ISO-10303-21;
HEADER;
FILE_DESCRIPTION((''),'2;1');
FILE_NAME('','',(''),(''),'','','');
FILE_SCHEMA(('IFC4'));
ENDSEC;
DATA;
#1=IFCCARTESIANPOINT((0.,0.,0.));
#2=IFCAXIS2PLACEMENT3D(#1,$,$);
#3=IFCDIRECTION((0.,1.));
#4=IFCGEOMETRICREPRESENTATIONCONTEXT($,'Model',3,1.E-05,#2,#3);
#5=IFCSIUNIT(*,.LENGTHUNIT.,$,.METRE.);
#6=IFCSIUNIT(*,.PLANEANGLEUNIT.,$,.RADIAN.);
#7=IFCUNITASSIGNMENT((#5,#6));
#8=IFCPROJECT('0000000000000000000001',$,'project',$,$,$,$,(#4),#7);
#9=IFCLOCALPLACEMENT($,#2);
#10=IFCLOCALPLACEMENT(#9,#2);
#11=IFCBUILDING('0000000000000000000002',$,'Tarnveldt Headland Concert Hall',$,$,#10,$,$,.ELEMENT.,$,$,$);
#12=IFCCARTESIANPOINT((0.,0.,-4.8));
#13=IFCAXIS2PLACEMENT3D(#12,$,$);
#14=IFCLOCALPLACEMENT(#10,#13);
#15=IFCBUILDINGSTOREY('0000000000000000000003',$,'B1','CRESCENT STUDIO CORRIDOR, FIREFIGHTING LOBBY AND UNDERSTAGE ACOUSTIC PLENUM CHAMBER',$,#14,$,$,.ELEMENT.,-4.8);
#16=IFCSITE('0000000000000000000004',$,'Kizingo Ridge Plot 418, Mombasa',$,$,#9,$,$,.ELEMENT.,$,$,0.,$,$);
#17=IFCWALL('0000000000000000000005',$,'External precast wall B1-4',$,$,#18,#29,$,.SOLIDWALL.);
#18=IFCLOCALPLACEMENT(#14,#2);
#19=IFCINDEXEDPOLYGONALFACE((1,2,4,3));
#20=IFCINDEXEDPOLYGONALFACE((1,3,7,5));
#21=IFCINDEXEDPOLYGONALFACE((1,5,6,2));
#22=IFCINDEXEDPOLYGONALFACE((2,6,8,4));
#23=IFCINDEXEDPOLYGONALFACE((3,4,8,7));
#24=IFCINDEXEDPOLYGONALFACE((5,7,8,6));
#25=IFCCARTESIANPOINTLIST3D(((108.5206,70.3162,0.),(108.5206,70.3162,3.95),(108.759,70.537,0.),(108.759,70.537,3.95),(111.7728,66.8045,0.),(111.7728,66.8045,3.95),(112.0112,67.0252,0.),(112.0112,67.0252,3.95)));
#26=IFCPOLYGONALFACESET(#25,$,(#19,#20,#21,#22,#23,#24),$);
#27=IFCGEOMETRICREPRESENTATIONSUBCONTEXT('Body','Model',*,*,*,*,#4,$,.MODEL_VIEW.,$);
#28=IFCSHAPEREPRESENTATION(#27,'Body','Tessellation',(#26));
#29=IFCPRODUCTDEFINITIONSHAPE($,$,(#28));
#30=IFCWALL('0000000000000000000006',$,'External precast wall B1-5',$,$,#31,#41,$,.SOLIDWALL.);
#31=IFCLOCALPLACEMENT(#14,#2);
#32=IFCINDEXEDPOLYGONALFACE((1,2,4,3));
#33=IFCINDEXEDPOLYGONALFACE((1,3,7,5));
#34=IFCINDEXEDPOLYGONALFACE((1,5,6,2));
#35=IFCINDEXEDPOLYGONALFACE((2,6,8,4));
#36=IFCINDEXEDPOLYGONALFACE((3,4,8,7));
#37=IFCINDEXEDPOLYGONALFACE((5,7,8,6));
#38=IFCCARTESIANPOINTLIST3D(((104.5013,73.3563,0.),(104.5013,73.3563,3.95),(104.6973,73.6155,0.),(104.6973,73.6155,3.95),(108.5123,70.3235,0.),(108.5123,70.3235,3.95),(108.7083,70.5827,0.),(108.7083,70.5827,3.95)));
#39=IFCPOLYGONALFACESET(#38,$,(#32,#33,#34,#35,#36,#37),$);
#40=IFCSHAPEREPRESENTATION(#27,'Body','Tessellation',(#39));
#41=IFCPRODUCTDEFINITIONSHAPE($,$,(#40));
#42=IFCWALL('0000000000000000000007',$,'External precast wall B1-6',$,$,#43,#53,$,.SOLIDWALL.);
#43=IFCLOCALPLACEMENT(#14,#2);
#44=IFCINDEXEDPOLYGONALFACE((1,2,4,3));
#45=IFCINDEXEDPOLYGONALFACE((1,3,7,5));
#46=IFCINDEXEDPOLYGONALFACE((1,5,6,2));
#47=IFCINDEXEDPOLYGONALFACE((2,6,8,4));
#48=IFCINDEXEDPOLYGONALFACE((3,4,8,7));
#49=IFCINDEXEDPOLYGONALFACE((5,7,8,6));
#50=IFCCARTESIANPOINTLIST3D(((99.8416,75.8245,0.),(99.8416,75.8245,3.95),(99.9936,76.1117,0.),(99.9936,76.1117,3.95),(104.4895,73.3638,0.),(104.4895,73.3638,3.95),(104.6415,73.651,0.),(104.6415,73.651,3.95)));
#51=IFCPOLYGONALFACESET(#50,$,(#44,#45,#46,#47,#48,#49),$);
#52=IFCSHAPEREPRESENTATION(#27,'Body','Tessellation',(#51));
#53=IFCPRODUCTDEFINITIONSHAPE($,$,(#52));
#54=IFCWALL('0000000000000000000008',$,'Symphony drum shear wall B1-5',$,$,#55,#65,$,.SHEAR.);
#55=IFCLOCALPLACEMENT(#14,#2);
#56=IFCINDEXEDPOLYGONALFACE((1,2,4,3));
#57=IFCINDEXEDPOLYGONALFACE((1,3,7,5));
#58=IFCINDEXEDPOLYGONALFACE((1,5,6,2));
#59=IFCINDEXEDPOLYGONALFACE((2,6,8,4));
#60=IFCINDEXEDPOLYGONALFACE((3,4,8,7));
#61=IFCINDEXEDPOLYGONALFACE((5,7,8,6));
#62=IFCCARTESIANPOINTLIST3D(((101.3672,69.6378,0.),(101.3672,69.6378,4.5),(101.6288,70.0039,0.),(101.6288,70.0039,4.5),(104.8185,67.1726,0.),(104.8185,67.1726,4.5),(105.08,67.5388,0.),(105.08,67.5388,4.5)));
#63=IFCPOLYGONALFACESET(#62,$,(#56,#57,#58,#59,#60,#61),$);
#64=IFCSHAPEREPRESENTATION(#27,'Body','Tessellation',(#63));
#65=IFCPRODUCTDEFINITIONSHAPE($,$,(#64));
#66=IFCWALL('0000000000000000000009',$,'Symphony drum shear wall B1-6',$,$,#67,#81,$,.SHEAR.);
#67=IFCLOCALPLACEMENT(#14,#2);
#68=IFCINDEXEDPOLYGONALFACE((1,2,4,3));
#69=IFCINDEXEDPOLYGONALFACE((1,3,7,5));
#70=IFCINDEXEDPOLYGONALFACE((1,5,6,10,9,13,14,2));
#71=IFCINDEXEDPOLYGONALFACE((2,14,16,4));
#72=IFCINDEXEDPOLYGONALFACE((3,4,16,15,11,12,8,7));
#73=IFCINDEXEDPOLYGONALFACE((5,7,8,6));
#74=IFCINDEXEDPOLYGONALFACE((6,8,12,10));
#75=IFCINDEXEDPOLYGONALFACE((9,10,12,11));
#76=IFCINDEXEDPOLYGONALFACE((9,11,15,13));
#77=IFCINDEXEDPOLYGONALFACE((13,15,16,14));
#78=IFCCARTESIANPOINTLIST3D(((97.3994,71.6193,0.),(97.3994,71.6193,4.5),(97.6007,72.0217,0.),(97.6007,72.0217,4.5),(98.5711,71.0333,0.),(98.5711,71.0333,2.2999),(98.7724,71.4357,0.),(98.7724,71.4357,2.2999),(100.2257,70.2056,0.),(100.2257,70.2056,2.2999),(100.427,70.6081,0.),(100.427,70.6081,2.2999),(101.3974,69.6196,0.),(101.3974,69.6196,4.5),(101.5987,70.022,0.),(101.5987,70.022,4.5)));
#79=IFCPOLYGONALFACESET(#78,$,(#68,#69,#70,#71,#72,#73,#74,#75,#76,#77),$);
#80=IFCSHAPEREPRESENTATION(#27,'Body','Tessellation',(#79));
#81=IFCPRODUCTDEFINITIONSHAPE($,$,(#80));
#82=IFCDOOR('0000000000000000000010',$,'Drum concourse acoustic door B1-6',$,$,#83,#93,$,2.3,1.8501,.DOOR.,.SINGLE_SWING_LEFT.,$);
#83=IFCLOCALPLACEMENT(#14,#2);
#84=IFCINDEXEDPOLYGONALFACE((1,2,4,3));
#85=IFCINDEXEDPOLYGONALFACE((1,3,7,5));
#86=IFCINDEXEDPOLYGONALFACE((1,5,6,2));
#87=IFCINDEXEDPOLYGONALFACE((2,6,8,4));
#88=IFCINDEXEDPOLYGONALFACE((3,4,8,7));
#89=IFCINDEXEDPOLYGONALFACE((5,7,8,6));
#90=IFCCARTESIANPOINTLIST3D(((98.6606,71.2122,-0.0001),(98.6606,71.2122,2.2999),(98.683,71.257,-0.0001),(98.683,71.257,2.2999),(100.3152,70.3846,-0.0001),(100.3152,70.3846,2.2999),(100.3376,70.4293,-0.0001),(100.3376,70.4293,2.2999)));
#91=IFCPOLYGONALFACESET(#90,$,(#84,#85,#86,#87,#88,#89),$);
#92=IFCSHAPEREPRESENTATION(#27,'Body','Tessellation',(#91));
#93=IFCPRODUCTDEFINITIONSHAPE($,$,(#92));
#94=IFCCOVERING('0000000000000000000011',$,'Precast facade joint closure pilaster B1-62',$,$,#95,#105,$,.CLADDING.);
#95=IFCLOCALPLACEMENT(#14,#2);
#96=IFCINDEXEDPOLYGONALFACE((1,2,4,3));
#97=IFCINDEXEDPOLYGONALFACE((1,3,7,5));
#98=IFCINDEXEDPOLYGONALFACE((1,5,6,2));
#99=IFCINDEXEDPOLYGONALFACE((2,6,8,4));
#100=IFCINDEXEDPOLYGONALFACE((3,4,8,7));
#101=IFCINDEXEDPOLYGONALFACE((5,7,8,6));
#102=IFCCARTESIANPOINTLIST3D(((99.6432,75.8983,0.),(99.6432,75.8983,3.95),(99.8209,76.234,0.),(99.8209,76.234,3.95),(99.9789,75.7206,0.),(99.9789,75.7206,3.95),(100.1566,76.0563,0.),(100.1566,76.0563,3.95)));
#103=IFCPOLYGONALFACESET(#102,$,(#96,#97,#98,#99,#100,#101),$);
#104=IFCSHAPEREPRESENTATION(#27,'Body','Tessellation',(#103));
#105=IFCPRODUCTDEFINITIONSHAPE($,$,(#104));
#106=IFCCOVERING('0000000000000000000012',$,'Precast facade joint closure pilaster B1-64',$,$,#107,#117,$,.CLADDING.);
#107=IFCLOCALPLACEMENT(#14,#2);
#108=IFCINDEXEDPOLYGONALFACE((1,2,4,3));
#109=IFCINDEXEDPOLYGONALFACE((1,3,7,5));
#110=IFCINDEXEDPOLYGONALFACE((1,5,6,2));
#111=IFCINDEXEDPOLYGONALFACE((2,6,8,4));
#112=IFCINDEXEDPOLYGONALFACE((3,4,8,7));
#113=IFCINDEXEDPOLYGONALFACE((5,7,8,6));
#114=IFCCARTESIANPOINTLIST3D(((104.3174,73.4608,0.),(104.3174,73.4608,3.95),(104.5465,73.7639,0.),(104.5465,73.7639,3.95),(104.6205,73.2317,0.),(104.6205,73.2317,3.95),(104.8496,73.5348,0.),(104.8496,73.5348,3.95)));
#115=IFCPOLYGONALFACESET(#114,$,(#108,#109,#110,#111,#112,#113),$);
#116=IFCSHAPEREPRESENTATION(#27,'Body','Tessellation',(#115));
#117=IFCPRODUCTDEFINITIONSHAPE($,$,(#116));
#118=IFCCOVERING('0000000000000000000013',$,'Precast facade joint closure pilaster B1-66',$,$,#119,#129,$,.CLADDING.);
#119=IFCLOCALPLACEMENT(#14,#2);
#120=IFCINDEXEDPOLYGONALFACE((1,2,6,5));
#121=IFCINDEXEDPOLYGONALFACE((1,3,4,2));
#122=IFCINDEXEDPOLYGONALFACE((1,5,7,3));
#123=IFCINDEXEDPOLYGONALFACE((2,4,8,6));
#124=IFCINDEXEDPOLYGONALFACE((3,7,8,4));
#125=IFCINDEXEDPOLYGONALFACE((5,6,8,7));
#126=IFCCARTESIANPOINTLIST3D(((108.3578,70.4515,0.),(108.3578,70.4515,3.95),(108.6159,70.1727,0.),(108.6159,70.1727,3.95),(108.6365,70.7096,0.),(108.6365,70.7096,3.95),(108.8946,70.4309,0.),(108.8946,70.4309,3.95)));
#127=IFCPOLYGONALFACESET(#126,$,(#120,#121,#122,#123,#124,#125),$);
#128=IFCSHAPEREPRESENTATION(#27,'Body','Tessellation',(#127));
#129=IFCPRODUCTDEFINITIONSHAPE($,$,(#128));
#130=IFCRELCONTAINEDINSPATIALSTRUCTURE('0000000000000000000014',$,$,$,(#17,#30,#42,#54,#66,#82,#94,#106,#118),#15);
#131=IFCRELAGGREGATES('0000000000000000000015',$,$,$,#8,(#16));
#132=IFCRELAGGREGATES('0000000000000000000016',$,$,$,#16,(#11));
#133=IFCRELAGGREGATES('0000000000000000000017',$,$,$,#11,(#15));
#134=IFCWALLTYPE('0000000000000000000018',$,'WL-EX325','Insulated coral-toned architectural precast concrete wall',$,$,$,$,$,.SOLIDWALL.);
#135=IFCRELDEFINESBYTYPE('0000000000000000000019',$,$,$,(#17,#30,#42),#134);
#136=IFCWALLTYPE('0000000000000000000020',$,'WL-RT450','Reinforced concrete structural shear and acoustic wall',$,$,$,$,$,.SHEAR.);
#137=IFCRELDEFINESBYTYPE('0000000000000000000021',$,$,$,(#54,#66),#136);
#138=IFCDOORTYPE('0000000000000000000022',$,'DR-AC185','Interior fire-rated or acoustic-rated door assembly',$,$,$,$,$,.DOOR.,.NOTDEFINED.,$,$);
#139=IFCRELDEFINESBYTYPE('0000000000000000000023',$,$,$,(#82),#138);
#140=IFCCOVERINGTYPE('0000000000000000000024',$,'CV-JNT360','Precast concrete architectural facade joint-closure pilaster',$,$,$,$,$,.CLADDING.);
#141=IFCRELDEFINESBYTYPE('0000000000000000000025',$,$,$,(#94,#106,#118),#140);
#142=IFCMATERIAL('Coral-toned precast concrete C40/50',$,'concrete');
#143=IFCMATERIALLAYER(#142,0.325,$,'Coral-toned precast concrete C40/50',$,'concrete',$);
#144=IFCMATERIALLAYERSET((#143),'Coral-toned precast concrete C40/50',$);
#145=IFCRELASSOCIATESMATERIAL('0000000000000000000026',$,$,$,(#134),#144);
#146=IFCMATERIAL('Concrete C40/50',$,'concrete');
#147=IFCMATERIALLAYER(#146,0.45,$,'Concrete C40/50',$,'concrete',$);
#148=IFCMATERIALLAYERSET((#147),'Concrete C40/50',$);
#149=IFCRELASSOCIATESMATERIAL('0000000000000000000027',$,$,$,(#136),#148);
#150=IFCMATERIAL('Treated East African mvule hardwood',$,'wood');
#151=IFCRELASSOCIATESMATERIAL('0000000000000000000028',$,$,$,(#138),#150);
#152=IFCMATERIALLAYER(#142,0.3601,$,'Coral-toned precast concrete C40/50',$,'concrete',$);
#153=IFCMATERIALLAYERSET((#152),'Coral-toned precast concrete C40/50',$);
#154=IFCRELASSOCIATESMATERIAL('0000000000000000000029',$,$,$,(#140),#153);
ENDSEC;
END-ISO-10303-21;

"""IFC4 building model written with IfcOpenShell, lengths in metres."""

from ifc_helpers import new_model, si_unit, direction, frame, frame_2d, origin, origin_2d, place, context, subcontext, project, spatial, rectangle, extrude, material, layer, layer_set, type_object, element, fill, save


model = new_model("IFC4")

# Units and contexts
model_context = context("Model", 3, precision=1e-05, world=origin(), true_north=direction((0.0, 1.0)))
body_context = subcontext(model_context, "Body", "Model", "MODEL_VIEW")
ifc_project = project(units=[si_unit("LENGTHUNIT", "METRE"), si_unit("PLANEANGLEUNIT", "RADIAN")], contexts=[model_context])

# Site, building, storey
site_placement = place(None, origin())
site = spatial("IfcSite", under=ifc_project, at=site_placement, Name="Kizingo Ridge Plot 418, Mombasa", CompositionType="ELEMENT", RefElevation=0.0)
building_placement = place(site_placement, origin())
building = spatial("IfcBuilding", under=site, at=building_placement, Name="Tarnveldt Headland Concert Hall", CompositionType="ELEMENT")
storey_placement = place(building_placement, frame((0.0, 0.0, -4.8)))
storey = spatial("IfcBuildingStorey", under=building, at=storey_placement, Name="B1", Description="CRESCENT STUDIO CORRIDOR, FIREFIGHTING LOBBY AND UNDERSTAGE ACOUSTIC PLENUM CHAMBER", CompositionType="ELEMENT", Elevation=-4.8)

# Shared definitions
ifc_material_1 = material(Name="Concrete C40/50", Category="concrete")

# Walls
ifc_material_2 = material(Name="Coral-toned precast concrete C40/50", Category="concrete")
ifc_layer_1 = layer(ifc_material_2, 0.325, Name="Coral-toned precast concrete C40/50", Category="concrete")
ifc_layer_set_1 = layer_set([ifc_layer_1], Name="Coral-toned precast concrete C40/50")
wall_type_1 = type_object("IfcWallType", Name="WL-EX325", Description="Insulated coral-toned architectural precast concrete wall", PredefinedType="SOLIDWALL", material=ifc_layer_set_1)
wall_1_placement = place(storey_placement, frame((108.6399, 70.4265, 0.0), z_axis=(0.0, 0.0, 1.0), x_axis=(0.679476, -0.733698, 0.0)))
element("IfcWall", 1, at=wall_1_placement, inside=storey, type_object=wall_type_1, Name="External precast wall B1-4", PredefinedType="SOLIDWALL", context=body_context, shape_type="SweptSolid", body=[
    extrude(rectangle(XDim=4.7864, YDim=0.325, at=frame_2d((2.3931, 0.0))), origin(), (0.0, 0.0, 1.0), 3.95),
])
wall_2_placement = place(storey_placement, frame((104.5994, 73.4858, 0.0), z_axis=(0.0, 0.0, 1.0), x_axis=(0.797658, -0.603111, 0.0)))
element("IfcWall", 2, at=wall_2_placement, inside=storey, type_object=wall_type_1, Name="External precast wall B1-5", PredefinedType="SOLIDWALL", context=body_context, shape_type="SweptSolid", body=[
    extrude(rectangle(XDim=5.0286, YDim=0.325, at=frame_2d((2.5142, 0.0))), origin(), (0.0, 0.0, 1.0), 3.95),
])
wall_3_placement = place(storey_placement, frame((99.9177, 75.968, 0.0), z_axis=(0.0, 0.0, 1.0), x_axis=(0.883787, -0.46789, 0.0)))
element("IfcWall", 3, at=wall_3_placement, inside=storey, type_object=wall_type_1, Name="External precast wall B1-6", PredefinedType="SOLIDWALL", context=body_context, shape_type="SweptSolid", body=[
    extrude(rectangle(XDim=5.259, YDim=0.325, at=frame_2d((2.6294, 0.0))), origin(), (0.0, 0.0, 1.0), 3.95),
])
ifc_layer_2 = layer(ifc_material_1, 0.45, Name="Concrete C40/50", Category="concrete")
ifc_layer_set_2 = layer_set([ifc_layer_2], Name="Concrete C40/50")
wall_type_2 = type_object("IfcWallType", Name="WL-RT450", Description="Reinforced concrete structural shear and acoustic wall", PredefinedType="SHEAR", material=ifc_layer_set_2)
wall_4_placement = place(storey_placement, frame((104.9492, 67.3557, 0.0), z_axis=(0.0, 0.0, 1.0), x_axis=(-0.813737, 0.581233, 0.0)))
element("IfcWall", 4, at=wall_4_placement, inside=storey, type_object=wall_type_2, Name="Symphony drum shear wall B1-5", PredefinedType="SHEAR", context=body_context, shape_type="SweptSolid", body=[
    extrude(rectangle(XDim=4.2412, YDim=0.45, at=frame_2d((2.1206, 0.0))), origin(), (0.0, 0.0, 1.0), 4.5),
])

# Wall, opening, door
wall_5_placement = place(storey_placement, frame((101.498, 69.8208, 0.0), z_axis=(0.0, 0.0, 1.0), x_axis=(-0.894362, 0.447345, 0.0)))
wall_5 = element("IfcWall", 5, at=wall_5_placement, inside=storey, type_object=wall_type_2, Name="Symphony drum shear wall B1-6", PredefinedType="SHEAR", context=body_context, shape_type="SweptSolid", body=[
    extrude(rectangle(XDim=4.4702, YDim=0.45, at=frame_2d((2.2351, 0.0))), origin(), (0.0, 0.0, 1.0), 4.5),
])
opening_placement = place(wall_5_placement, frame((1.3101, 0.0, 0.0)))
opening = element("IfcOpeningElement", 6, at=opening_placement, cuts=wall_5, PredefinedType="OPENING", context=body_context, shape_type="SweptSolid", body=[
    extrude(rectangle(XDim=1.8501, YDim=2.3, at=frame_2d((0.925, 1.1499))), frame((0.0, 0.2349, 0.0), z_axis=(0.0, -1.0, 0.0), x_axis=(1.0, 0.0, 0.0)), (0.0, 0.0, 1.0), 0.47),
])
ifc_material_3 = material(Name="Treated East African mvule hardwood", Category="wood")
door_type = type_object("IfcDoorType", Name="DR-AC185", Description="Interior fire-rated or acoustic-rated door assembly", OperationType="NOTDEFINED", PredefinedType="DOOR", material=ifc_material_3)
door_placement = place(opening_placement, origin())
door = element("IfcDoor", 7, at=door_placement, inside=storey, type_object=door_type, Name="Drum concourse acoustic door B1-6", OperationType="SINGLE_SWING_LEFT", OverallHeight=2.3, OverallWidth=1.8501, PredefinedType="DOOR", context=body_context, shape_type="SweptSolid", body=[
    extrude(rectangle(XDim=1.8501, YDim=2.3, at=frame_2d((0.925, 1.1499))), frame((0.0, 0.0249, 0.0), z_axis=(0.0, -1.0, 0.0), x_axis=(1.0, 0.0, 0.0)), (0.0, 0.0, 1.0), 0.05),
])
fill(opening, door)

# Coverings
ifc_layer_3 = layer(ifc_material_2, 0.3601, Name="Coral-toned precast concrete C40/50", Category="concrete")
ifc_layer_set_3 = layer_set([ifc_layer_3], Name="Coral-toned precast concrete C40/50")
covering_type = type_object("IfcCoveringType", Name="CV-JNT360", Description="Precast concrete architectural facade joint-closure pilaster", PredefinedType="CLADDING", material=ifc_layer_set_3)
for number, where, z_axis, x_axis, name in (
    (8, (99.8999, 75.9773, 0.0), (0.0, 0.0, 1.0), (0.883766, -0.46793, 0.0), "Precast facade joint closure pilaster B1-62"),
    (9, (104.5835, 73.4978, 0.0), (0.0, 0.0, 1.0), (0.797689, -0.603069, 0.0), "Precast facade joint closure pilaster B1-64"),
    (10, (108.6262, 70.4412, 0.0), (0.0, 0.0, 1.0), (0.679441, -0.73373, 0.0), "Precast facade joint closure pilaster B1-66"),
):
    element("IfcCovering", number, at=place(storey_placement, frame(where, z_axis=z_axis, x_axis=x_axis)), inside=storey, type_object=covering_type, Name=name, PredefinedType="CLADDING", context=body_context, shape_type="SweptSolid", body=[
        extrude(rectangle(XDim=0.3799, YDim=0.3799, at=origin_2d()), origin(), (0.0, 0.0, 1.0), 3.95),
    ])

save(model, "model.ifc")
